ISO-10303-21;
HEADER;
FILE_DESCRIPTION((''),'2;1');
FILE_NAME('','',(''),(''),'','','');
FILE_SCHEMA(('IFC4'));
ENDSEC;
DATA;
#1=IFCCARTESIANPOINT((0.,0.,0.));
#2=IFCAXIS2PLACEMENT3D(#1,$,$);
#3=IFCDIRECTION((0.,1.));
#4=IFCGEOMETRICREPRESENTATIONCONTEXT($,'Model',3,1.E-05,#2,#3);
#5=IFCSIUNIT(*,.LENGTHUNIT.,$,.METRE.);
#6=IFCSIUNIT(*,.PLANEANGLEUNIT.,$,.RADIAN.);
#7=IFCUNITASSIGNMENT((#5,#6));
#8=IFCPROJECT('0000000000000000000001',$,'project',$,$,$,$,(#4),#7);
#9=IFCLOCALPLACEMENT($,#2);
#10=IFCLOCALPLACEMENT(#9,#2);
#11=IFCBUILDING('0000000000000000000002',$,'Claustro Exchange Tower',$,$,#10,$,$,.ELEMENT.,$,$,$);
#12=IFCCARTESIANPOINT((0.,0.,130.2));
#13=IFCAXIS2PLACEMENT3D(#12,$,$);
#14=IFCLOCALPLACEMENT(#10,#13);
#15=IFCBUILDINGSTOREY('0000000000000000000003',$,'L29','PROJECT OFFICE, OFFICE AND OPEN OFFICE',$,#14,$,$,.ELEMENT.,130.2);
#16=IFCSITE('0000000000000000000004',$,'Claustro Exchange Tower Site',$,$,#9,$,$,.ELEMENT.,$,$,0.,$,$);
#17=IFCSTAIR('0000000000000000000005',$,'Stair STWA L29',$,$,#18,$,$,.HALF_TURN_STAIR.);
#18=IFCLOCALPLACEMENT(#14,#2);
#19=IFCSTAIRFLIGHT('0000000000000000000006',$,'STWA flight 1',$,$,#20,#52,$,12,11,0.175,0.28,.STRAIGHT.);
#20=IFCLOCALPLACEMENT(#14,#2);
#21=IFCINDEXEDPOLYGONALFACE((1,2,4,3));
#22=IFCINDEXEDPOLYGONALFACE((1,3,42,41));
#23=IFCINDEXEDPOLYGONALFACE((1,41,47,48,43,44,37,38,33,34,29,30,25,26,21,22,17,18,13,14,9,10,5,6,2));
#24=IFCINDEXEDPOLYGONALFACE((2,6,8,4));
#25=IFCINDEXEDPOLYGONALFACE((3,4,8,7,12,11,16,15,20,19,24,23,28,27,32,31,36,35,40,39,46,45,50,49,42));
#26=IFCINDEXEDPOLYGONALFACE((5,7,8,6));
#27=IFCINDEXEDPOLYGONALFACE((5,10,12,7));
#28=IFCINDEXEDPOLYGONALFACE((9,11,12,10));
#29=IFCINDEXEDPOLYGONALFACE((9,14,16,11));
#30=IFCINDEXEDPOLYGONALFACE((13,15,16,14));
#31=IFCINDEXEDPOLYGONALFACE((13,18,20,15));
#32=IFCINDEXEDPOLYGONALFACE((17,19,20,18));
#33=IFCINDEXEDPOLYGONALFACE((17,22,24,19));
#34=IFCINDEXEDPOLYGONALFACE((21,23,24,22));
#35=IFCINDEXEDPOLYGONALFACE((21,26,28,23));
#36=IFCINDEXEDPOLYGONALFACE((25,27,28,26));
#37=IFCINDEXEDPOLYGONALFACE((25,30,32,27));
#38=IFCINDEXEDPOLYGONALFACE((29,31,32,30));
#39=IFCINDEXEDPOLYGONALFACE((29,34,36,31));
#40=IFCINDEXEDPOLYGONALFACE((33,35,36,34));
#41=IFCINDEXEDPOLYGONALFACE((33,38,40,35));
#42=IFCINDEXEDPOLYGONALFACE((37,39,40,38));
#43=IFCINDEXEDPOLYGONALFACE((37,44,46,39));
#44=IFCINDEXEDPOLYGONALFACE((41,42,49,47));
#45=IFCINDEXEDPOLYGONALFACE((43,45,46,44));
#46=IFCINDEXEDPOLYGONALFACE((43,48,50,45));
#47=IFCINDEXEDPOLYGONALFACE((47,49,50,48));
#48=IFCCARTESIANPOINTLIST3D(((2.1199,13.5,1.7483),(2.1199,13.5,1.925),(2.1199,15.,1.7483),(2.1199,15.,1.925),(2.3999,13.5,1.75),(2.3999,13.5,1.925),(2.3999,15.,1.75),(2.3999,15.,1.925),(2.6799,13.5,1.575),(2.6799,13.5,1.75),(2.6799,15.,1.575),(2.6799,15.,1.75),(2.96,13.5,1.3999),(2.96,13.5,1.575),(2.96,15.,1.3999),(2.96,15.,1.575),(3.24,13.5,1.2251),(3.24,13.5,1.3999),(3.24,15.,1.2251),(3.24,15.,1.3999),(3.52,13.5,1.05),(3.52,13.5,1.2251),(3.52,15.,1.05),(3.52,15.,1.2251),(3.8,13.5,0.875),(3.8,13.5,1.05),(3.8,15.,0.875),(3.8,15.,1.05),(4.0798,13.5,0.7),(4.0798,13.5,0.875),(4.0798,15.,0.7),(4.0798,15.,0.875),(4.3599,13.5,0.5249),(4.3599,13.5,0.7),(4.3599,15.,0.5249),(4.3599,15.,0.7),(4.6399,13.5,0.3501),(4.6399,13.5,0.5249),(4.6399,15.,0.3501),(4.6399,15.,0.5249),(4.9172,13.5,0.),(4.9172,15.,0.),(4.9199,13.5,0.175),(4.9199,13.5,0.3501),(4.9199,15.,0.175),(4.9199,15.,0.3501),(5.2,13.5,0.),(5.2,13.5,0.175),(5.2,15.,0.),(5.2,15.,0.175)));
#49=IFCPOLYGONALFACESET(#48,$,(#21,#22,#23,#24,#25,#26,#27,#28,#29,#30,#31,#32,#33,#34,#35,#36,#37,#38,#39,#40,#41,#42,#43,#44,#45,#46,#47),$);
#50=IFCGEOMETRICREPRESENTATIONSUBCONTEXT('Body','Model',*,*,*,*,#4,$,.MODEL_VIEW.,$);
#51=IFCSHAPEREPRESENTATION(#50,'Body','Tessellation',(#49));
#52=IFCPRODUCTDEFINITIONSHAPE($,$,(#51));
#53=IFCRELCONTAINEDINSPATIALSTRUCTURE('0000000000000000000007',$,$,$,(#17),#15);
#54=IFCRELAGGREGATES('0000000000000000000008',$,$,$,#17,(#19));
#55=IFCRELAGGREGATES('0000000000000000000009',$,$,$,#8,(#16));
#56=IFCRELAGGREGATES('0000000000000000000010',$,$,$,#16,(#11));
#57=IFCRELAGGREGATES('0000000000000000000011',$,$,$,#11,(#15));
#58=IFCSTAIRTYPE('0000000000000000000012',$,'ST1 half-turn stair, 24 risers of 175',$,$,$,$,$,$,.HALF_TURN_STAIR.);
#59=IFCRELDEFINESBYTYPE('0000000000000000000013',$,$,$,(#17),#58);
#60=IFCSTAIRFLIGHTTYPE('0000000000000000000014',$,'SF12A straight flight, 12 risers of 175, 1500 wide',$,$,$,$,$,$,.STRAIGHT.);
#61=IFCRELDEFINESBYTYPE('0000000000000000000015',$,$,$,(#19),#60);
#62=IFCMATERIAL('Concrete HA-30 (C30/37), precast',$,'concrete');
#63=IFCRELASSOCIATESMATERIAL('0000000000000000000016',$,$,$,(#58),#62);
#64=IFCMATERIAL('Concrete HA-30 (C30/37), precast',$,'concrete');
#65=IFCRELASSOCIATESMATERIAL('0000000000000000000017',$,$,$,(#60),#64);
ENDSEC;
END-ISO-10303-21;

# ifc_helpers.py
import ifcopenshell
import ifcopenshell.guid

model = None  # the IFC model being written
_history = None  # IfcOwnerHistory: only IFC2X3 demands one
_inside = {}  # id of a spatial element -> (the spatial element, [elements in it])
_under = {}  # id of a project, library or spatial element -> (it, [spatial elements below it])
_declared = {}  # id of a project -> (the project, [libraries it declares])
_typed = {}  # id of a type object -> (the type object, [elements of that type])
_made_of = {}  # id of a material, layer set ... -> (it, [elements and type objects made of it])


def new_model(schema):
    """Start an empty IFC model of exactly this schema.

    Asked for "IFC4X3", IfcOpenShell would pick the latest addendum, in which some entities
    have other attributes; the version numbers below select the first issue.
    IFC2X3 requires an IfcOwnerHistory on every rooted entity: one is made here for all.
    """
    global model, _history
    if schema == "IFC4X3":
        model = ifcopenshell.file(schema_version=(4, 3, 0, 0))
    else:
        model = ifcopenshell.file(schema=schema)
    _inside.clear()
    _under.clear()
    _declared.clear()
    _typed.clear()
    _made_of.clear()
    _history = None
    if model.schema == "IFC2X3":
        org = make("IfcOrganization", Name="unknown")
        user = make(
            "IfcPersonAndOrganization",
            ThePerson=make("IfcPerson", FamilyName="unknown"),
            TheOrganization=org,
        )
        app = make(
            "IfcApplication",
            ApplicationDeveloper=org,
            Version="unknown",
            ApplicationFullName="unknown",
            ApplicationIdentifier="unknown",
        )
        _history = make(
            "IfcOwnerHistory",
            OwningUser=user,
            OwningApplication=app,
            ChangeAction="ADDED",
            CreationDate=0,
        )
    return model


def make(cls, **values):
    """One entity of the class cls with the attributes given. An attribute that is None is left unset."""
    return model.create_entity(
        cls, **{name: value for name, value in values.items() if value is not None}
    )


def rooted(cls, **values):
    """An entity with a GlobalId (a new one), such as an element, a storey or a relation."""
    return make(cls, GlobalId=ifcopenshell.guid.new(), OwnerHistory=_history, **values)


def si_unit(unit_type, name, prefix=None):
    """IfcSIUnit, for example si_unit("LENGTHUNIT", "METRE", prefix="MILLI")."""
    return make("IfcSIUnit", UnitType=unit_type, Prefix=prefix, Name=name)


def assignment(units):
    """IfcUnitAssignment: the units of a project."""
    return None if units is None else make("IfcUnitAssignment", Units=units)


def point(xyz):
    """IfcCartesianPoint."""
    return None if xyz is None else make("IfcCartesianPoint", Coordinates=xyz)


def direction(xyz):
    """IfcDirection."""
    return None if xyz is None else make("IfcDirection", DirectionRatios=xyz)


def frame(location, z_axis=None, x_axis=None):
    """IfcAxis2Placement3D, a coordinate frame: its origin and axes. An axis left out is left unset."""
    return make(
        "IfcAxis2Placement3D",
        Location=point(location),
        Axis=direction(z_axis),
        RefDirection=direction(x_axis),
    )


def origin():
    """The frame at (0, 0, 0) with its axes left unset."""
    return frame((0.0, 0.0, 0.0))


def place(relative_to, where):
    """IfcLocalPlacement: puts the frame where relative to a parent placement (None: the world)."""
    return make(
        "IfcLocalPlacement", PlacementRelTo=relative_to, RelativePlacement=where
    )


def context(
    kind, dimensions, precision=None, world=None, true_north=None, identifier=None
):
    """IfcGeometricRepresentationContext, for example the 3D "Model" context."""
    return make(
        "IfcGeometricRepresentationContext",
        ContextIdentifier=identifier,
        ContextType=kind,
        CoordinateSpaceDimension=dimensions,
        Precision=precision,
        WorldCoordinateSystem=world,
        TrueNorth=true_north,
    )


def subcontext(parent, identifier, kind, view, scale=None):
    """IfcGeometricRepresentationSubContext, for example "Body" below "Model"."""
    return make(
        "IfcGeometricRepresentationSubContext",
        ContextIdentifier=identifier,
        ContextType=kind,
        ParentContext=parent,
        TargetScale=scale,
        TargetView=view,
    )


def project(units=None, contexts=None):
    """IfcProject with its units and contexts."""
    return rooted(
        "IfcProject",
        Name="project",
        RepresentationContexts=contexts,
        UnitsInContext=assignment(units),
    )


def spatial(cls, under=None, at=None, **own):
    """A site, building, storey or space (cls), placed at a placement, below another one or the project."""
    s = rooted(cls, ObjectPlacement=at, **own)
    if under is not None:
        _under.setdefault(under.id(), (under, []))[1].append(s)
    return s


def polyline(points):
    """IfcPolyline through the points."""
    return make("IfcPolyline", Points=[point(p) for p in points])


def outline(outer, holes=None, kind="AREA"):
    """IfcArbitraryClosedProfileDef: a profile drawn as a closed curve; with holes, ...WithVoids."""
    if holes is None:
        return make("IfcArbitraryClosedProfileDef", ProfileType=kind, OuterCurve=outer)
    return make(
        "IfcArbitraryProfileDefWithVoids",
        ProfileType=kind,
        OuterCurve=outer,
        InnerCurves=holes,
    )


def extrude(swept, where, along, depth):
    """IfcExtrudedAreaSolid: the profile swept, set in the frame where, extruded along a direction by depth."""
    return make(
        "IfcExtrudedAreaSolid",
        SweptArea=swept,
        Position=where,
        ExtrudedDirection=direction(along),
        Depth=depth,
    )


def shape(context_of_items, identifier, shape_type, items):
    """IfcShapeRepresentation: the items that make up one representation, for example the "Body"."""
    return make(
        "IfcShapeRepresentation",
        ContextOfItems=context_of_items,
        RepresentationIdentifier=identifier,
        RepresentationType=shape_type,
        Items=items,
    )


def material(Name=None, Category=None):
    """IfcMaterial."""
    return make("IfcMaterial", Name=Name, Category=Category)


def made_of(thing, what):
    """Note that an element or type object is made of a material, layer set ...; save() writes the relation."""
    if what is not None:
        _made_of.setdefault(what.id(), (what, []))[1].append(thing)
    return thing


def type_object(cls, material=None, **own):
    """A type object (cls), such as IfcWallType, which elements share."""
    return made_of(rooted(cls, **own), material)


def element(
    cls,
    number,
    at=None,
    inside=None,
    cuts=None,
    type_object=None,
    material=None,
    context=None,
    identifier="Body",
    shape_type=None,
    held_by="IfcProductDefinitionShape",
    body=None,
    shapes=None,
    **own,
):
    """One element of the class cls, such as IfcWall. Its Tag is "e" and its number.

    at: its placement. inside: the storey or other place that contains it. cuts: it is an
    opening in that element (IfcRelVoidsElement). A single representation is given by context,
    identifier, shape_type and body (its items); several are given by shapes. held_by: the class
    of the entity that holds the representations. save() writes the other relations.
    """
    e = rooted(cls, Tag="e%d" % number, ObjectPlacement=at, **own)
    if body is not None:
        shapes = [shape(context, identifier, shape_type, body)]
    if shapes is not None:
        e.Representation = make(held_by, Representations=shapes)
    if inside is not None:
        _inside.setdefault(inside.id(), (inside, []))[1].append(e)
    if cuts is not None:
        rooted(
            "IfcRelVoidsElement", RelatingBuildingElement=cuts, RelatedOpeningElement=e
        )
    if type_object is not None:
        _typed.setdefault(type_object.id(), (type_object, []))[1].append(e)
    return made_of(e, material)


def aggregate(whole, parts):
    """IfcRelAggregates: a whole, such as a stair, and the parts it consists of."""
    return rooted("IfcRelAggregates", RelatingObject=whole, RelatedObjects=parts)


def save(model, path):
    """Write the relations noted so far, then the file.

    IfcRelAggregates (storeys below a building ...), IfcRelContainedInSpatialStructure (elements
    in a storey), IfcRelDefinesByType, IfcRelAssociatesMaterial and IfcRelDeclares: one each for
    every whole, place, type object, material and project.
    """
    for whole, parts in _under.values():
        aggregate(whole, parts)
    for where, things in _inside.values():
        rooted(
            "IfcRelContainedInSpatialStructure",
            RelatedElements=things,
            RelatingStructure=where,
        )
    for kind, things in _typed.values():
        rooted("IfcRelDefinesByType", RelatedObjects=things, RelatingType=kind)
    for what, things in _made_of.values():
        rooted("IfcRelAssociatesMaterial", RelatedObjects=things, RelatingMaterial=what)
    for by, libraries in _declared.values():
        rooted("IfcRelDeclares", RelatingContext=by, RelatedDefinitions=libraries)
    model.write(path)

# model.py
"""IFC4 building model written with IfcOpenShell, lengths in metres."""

from ifc_helpers import new_model, si_unit, direction, frame, origin, place, context, subcontext, project, spatial, polyline, outline, extrude, material, type_object, element, aggregate, save


model = new_model("IFC4")

# Units and contexts
model_context = context("Model", 3, precision=1e-05, world=origin(), true_north=direction((0.0, 1.0)))
body_context = subcontext(model_context, "Body", "Model", "MODEL_VIEW")
ifc_project = project(units=[si_unit("LENGTHUNIT", "METRE"), si_unit("PLANEANGLEUNIT", "RADIAN")], contexts=[model_context])

# Site, building, storey
site_placement = place(None, origin())
site = spatial("IfcSite", under=ifc_project, at=site_placement, Name="Claustro Exchange Tower Site", CompositionType="ELEMENT", RefElevation=0.0)
building_placement = place(site_placement, origin())
building = spatial("IfcBuilding", under=site, at=building_placement, Name="Claustro Exchange Tower", CompositionType="ELEMENT")
storey_placement = place(building_placement, frame((0.0, 0.0, 130.2)))
storey = spatial("IfcBuildingStorey", under=building, at=storey_placement, Name="L29", Description="PROJECT OFFICE, OFFICE AND OPEN OFFICE", CompositionType="ELEMENT", Elevation=130.2)

# Stair, stair flight
ifc_material_1 = material(Name="Concrete HA-30 (C30/37), precast", Category="concrete")
stair_type = type_object("IfcStairType", Name="ST1 half-turn stair, 24 risers of 175", PredefinedType="HALF_TURN_STAIR", material=ifc_material_1)
stair_placement = place(storey_placement, origin())
stair = element("IfcStair", 1, at=stair_placement, inside=storey, type_object=stair_type, Name="Stair STWA L29", PredefinedType="HALF_TURN_STAIR")
ifc_material_2 = material(Name="Concrete HA-30 (C30/37), precast", Category="concrete")
stair_flight_type = type_object("IfcStairFlightType", Name="SF12A straight flight, 12 risers of 175, 1500 wide", PredefinedType="STRAIGHT", material=ifc_material_2)
stair_flight_placement = place(storey_placement, frame((5.2, 14.25, 0.0), z_axis=(0.0, 0.0, 1.0), x_axis=(-1.0, 0.0, 0.0)))
stair_flight = element("IfcStairFlight", 2, at=stair_flight_placement, type_object=stair_flight_type, Name="STWA flight 1", NumberOfRisers=12, NumberOfTreads=11, PredefinedType="STRAIGHT", RiserHeight=0.175, TreadLength=0.28, context=body_context, shape_type="SweptSolid", body=[
    extrude(outline(polyline([(0.0, 0.0), (0.0, 0.175), (0.28, 0.175), (0.28, 0.3501), (0.5601, 0.3501), (0.5601, 0.5249), (0.8401, 0.5249), (0.8401, 0.7), (1.1201, 0.7), (1.1201, 0.875), (1.3999, 0.875), (1.3999, 1.05), (1.6799, 1.05), (1.6799, 1.2251), (1.96, 1.2251), (1.96, 1.3999), (2.24, 1.3999), (2.24, 1.575), (2.52, 1.575), (2.52, 1.75), (2.8, 1.75), (2.8, 1.925), (3.0801, 1.925), (3.0801, 2.1001), (3.0801, 1.7483), (0.2827, 0.0), (0.0, 0.0)])), frame((0.0, 0.75, 0.0), z_axis=(0.0, -1.0, 0.0), x_axis=(1.0, 0.0, 0.0)), (0.0, 0.0, 1.0), 1.5),
])
aggregate(stair, [stair_flight])

save(model, "model.ifc")
